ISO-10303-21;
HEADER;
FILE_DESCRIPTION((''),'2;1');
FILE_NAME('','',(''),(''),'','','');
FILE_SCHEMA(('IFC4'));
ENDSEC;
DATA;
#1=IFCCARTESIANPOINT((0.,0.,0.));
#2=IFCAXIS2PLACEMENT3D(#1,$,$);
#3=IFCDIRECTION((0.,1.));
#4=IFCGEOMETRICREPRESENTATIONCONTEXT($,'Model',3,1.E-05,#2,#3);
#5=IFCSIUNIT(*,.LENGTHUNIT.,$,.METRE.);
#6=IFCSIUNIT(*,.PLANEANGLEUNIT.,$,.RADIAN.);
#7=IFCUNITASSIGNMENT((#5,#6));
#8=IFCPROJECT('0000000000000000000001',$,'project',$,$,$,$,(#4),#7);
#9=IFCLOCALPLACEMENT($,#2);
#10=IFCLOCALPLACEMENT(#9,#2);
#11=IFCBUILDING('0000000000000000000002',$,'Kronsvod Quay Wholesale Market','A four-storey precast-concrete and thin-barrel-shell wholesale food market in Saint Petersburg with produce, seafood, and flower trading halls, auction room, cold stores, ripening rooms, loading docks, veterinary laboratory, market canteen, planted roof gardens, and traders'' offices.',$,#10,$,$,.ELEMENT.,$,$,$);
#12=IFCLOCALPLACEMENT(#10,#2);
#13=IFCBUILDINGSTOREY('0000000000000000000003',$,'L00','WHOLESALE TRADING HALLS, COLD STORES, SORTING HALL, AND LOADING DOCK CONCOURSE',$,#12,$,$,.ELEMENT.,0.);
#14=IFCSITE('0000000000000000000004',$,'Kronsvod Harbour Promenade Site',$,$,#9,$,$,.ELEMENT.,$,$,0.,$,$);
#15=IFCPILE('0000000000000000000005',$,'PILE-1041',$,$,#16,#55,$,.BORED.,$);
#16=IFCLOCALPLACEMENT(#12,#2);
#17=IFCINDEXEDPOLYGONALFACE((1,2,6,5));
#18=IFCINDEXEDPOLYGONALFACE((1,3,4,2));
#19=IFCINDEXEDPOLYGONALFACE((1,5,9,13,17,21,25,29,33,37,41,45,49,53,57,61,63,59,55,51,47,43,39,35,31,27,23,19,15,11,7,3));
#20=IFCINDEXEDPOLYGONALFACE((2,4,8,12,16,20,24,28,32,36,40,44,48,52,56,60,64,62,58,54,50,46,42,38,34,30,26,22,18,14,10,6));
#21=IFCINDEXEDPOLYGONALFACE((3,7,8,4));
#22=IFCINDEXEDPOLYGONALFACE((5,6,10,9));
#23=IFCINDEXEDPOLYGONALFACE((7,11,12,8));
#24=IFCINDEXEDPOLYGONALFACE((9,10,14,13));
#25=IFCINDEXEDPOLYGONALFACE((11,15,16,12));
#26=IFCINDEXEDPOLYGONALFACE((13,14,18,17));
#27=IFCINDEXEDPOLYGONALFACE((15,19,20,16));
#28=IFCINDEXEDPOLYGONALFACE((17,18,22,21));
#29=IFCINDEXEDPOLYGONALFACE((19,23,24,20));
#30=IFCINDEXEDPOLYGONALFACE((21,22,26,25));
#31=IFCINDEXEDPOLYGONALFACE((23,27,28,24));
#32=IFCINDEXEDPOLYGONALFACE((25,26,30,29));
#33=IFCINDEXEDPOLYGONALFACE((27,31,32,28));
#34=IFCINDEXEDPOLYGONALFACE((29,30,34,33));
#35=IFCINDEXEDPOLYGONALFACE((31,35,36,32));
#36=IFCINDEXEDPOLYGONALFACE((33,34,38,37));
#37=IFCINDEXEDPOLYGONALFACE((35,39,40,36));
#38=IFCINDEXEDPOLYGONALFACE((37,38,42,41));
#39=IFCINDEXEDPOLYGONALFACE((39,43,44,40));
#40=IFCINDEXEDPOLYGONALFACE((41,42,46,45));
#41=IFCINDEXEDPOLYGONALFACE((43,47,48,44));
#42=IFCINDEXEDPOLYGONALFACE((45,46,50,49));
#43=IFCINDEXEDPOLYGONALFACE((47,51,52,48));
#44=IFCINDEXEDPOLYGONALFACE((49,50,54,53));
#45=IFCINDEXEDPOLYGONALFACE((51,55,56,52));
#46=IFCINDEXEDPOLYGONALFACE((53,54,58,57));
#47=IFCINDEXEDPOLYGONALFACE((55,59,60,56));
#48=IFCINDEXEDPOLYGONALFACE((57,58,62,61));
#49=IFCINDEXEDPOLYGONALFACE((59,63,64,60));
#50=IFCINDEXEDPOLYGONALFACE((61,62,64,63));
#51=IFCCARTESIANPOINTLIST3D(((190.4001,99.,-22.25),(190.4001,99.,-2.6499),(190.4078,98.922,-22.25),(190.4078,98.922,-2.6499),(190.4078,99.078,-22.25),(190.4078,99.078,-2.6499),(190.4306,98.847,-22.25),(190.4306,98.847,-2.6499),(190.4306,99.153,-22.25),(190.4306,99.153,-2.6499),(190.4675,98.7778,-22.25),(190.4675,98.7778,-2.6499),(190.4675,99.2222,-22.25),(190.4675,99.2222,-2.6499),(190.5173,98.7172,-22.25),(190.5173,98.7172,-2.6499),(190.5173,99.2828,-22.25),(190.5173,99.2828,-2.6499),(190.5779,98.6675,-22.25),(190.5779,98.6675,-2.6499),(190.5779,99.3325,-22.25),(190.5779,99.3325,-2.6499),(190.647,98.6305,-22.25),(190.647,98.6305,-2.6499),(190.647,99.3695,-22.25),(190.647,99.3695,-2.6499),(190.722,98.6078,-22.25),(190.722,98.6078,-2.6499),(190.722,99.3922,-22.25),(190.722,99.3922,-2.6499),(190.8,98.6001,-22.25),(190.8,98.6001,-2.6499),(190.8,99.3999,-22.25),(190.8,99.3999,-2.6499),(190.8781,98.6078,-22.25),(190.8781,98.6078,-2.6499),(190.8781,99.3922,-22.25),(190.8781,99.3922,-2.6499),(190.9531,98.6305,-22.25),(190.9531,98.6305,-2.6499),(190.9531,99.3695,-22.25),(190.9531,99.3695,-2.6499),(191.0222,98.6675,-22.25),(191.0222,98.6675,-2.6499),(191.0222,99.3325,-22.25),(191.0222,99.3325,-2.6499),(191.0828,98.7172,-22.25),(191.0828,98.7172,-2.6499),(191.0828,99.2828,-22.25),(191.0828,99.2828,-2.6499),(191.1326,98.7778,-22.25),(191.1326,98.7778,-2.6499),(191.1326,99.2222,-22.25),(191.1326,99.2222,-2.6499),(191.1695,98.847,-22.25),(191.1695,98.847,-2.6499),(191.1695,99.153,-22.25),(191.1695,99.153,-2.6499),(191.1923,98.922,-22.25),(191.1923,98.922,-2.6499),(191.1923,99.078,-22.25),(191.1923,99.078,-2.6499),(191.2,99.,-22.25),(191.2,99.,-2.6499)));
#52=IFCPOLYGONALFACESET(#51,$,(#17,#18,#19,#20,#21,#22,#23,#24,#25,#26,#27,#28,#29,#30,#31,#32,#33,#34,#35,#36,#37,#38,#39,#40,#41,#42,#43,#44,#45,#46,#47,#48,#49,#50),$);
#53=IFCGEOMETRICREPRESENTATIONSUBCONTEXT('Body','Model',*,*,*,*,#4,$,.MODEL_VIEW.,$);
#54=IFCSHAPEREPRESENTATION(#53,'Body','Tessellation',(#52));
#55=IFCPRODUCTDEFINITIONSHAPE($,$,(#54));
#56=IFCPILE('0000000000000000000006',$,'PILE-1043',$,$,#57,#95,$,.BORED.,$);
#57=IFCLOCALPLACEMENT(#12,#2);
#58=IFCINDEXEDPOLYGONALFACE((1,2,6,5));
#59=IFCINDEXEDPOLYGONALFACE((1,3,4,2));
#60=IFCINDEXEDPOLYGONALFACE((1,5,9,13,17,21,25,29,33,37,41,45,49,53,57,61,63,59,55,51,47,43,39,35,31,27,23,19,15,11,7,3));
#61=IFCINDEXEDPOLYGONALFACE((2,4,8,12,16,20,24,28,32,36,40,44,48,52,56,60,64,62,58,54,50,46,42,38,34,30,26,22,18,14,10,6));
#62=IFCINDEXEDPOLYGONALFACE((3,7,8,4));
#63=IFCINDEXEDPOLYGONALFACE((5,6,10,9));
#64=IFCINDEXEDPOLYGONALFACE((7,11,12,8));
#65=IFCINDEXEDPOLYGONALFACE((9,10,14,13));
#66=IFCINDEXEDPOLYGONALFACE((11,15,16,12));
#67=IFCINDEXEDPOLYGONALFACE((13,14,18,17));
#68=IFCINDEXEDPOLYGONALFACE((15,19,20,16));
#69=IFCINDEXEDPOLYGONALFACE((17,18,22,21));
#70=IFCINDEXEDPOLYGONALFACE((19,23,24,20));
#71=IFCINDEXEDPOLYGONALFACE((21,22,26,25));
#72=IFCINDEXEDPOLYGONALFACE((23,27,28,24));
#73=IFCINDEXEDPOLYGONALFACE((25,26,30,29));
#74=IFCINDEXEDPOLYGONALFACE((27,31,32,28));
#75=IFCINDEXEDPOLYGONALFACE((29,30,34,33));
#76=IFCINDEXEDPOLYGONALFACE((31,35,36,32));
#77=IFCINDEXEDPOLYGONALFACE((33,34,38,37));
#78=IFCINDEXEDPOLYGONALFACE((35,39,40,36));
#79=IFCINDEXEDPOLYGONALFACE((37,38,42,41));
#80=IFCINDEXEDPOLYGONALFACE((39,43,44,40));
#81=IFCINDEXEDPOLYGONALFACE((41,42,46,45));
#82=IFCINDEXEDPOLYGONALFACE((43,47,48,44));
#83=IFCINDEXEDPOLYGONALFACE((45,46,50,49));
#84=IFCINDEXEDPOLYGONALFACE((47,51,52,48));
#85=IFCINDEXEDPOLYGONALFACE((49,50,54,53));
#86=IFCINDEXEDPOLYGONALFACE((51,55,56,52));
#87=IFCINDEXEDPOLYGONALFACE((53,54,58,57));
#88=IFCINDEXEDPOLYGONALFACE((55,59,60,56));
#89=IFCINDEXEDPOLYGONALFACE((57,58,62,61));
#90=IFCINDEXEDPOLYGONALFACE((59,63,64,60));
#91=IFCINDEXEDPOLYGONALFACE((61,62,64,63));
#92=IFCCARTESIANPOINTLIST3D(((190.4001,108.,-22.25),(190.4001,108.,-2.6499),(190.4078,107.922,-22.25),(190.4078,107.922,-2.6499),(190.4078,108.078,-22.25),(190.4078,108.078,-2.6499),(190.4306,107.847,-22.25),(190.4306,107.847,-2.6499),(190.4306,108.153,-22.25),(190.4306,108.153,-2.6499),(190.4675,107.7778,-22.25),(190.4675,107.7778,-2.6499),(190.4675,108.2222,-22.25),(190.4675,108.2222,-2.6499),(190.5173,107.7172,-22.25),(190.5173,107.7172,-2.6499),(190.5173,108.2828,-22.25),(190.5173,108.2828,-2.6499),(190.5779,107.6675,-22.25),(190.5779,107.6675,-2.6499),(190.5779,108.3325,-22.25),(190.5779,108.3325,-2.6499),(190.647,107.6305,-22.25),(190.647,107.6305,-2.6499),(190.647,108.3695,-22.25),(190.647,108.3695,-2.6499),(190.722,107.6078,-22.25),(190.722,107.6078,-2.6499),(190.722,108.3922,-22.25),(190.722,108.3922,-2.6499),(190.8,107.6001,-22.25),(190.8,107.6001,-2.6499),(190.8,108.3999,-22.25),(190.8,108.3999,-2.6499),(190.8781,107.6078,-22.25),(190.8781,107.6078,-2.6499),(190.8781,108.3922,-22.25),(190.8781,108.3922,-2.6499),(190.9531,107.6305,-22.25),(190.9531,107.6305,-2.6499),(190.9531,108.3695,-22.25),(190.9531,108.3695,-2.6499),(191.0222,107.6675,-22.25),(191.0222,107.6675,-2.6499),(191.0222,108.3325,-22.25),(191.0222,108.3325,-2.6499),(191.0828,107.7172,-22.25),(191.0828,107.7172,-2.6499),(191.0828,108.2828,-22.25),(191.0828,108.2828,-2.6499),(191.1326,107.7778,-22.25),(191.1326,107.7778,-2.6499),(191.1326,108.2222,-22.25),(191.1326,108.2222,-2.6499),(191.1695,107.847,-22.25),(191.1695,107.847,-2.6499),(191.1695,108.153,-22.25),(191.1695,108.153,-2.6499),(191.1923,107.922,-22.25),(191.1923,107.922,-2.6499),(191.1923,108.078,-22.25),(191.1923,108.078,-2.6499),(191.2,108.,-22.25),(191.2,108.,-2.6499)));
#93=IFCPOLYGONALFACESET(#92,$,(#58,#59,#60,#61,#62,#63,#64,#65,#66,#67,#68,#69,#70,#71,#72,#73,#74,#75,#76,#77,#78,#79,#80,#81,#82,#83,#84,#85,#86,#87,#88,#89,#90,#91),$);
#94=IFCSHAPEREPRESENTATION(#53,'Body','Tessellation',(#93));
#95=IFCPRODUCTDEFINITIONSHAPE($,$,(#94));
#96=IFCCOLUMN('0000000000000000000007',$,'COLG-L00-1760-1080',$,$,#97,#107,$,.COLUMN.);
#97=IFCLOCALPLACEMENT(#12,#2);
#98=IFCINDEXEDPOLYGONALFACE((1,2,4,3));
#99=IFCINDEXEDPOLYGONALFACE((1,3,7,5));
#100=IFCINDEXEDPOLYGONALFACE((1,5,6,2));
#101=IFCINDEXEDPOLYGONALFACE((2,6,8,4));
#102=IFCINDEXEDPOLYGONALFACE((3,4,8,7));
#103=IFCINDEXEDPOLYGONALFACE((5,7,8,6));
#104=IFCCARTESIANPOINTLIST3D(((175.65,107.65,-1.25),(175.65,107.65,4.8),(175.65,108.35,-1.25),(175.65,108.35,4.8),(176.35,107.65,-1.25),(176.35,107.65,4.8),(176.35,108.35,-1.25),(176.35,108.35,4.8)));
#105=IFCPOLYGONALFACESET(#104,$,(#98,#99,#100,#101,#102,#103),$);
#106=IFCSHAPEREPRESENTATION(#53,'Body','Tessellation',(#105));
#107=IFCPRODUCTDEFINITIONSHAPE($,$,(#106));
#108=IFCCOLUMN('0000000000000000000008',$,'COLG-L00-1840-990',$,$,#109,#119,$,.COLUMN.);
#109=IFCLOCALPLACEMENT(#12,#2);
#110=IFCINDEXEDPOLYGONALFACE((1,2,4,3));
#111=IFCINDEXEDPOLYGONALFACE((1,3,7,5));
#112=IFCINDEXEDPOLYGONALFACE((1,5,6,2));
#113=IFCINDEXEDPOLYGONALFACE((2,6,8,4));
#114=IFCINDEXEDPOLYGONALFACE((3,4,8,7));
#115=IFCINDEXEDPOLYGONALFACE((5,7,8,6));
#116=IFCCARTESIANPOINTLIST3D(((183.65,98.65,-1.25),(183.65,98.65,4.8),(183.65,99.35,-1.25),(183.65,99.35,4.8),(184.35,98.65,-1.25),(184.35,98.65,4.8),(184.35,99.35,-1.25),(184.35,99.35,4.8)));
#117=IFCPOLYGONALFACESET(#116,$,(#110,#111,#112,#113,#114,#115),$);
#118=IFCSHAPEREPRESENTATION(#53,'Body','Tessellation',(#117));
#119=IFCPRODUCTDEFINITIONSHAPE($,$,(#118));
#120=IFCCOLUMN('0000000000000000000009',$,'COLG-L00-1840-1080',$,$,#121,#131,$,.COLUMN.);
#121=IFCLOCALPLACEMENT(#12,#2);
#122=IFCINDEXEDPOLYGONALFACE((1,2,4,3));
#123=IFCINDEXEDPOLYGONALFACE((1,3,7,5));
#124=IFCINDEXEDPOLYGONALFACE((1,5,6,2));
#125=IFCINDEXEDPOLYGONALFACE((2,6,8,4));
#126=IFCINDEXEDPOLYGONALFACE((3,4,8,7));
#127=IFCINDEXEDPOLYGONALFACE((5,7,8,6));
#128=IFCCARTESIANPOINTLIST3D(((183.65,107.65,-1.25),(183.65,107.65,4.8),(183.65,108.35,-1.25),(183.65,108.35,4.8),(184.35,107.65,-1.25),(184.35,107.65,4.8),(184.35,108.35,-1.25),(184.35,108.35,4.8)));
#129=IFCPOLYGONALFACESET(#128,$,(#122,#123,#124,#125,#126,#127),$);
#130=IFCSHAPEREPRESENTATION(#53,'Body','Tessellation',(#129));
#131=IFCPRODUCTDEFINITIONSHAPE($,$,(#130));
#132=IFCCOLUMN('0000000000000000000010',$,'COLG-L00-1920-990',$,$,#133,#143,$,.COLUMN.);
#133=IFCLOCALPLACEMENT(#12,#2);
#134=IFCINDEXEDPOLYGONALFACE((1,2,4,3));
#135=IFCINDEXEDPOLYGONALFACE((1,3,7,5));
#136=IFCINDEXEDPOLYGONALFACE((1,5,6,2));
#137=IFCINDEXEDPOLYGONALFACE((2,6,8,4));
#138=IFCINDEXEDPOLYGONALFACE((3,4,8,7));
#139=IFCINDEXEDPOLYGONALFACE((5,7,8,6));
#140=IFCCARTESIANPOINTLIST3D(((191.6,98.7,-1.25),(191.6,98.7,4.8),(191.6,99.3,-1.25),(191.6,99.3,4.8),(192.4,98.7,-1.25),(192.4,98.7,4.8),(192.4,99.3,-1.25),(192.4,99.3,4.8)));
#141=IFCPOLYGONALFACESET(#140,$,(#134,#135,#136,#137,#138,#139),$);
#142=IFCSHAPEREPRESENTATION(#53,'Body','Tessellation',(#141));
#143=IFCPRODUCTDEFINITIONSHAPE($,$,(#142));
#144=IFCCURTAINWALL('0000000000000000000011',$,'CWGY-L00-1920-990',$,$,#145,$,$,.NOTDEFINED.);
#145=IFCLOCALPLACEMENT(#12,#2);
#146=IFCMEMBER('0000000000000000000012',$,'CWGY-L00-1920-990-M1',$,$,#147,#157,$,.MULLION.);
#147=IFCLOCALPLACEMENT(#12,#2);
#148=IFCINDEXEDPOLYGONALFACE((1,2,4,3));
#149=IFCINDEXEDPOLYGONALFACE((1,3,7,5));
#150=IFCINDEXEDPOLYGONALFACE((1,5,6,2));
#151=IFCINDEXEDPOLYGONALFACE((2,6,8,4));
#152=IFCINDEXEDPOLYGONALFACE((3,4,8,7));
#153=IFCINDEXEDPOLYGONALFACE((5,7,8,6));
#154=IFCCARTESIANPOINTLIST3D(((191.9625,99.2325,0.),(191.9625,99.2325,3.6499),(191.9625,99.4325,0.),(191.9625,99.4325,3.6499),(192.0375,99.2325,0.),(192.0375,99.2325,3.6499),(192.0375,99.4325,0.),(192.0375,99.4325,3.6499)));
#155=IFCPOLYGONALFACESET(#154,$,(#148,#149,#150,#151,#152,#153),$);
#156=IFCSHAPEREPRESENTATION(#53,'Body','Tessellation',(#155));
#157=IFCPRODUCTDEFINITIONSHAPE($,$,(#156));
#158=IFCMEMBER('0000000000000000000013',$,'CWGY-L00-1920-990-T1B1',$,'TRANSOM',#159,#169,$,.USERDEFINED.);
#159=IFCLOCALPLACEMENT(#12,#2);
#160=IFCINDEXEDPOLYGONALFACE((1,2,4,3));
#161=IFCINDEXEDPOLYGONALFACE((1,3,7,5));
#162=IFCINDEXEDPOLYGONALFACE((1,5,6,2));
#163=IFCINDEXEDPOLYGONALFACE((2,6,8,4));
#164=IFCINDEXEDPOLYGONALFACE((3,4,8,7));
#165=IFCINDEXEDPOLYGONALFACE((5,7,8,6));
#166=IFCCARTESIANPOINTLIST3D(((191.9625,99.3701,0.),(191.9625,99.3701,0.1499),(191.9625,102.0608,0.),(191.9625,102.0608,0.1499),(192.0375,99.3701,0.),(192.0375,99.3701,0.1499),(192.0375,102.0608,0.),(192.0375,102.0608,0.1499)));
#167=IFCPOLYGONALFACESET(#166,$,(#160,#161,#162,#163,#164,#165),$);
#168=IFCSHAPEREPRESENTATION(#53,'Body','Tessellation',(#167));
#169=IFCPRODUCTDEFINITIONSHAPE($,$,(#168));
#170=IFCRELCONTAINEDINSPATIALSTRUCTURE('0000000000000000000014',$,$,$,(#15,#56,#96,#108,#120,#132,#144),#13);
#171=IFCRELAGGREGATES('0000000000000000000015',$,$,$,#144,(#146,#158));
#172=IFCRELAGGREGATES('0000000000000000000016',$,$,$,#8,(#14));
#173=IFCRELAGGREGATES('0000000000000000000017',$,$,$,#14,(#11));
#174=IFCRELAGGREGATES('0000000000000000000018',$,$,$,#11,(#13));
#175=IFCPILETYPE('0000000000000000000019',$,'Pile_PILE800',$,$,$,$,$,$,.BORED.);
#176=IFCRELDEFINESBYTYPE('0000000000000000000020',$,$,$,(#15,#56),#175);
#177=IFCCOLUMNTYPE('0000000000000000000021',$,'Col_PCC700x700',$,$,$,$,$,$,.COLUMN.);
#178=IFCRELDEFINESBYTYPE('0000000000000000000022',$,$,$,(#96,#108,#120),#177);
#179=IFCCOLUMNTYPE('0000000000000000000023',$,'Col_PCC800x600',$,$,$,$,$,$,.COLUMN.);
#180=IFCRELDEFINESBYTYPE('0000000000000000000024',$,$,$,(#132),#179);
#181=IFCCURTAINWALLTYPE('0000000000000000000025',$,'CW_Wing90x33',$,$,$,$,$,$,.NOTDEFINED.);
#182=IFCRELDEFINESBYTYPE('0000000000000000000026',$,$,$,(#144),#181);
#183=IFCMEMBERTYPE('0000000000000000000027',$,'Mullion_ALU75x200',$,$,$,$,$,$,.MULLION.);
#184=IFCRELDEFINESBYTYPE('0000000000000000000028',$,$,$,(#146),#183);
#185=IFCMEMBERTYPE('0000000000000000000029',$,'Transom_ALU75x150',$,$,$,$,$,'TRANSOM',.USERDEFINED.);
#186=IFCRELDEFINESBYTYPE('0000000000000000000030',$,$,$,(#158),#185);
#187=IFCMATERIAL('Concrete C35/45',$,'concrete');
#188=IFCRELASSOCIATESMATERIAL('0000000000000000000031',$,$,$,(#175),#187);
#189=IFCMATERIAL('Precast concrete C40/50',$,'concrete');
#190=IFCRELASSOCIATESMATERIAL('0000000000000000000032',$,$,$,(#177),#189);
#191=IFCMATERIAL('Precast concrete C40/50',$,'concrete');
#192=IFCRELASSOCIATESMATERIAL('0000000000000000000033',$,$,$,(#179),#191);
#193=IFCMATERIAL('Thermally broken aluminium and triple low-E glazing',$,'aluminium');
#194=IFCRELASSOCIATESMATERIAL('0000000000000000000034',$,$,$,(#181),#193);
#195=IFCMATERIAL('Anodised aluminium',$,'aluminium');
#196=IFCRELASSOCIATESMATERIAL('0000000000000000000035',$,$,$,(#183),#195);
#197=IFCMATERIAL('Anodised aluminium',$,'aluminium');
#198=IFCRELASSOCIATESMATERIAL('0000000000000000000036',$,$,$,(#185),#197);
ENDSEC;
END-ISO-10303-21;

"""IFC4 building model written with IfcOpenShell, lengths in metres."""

from ifc_helpers import new_model, si_unit, direction, frame, origin, origin_2d, place, context, subcontext, project, spatial, rectangle, circle, extrude, material, material_profile, profile_set, type_object, element, aggregate, save


model = new_model("IFC4")

# Units and contexts
model_context = context("Model", 3, precision=1e-05, world=origin(), true_north=direction((0.0, 1.0)))
body_context = subcontext(model_context, "Body", "Model", "MODEL_VIEW")
ifc_project = project(units=[si_unit("LENGTHUNIT", "METRE"), si_unit("PLANEANGLEUNIT", "RADIAN")], contexts=[model_context])

# Site, building, storey
site_placement = place(None, origin())
site = spatial("IfcSite", under=ifc_project, at=site_placement, Name="Kronsvod Harbour Promenade Site", CompositionType="ELEMENT", RefElevation=0.0)
building_placement = place(site_placement, origin())
building = spatial("IfcBuilding", under=site, at=building_placement, Name="Kronsvod Quay Wholesale Market", Description="A four-storey precast-concrete and thin-barrel-shell wholesale food market in Saint Petersburg with produce, seafood, and flower trading halls, auction room, cold stores, ripening rooms, loading docks, veterinary laboratory, market canteen, planted roof gardens, and traders' offices.", CompositionType="ELEMENT")
storey_placement = place(building_placement, origin())
storey = spatial("IfcBuildingStorey", under=building, at=storey_placement, Name="L00", Description="WHOLESALE TRADING HALLS, COLD STORES, SORTING HALL, AND LOADING DOCK CONCOURSE", CompositionType="ELEMENT", Elevation=0.0)

# Piles
ifc_material_1 = material(Name="Concrete C35/45", Category="concrete")
ifc_material_profile_1 = material_profile(ifc_material_1, circle(Radius=0.3999, at=origin_2d()), Name="PILE800")
ifc_profile_set_1 = profile_set([ifc_material_profile_1], Name="Concrete C35/45")
pile_type = type_object("IfcPileType", Name="Pile_PILE800", PredefinedType="BORED", material=ifc_profile_set_1)
for number, where, z_axis, x_axis, name in (
    (1, (190.8, 99.0, -2.6499), (0.0, 0.0, -1.0), (1.0, 0.0, 0.0), "PILE-1041"),
    (2, (190.8, 108.0, -2.6499), (0.0, 0.0, -1.0), (1.0, 0.0, 0.0), "PILE-1043"),
):
    element("IfcPile", number, at=place(storey_placement, frame(where, z_axis=z_axis, x_axis=x_axis)), inside=storey, type_object=pile_type, Name=name, PredefinedType="BORED", context=body_context, shape_type="SweptSolid", body=[
        extrude(circle(Radius=0.3999, at=origin_2d()), origin(), (0.0, 0.0, 1.0), 19.6001),
    ])

# Columns
ifc_material_2 = material(Name="Precast concrete C40/50", Category="concrete")
ifc_material_profile_2 = material_profile(ifc_material_2, rectangle(XDim=0.7, YDim=0.7, at=origin_2d()), Name="PCC700x700")
ifc_profile_set_2 = profile_set([ifc_material_profile_2], Name="Precast concrete C40/50")
column_type_1 = type_object("IfcColumnType", Name="Col_PCC700x700", PredefinedType="COLUMN", material=ifc_profile_set_2)
for number, where, z_axis, x_axis, name in (
    (3, (176.0, 108.0, -1.25), (0.0, 0.0, 1.0), (1.0, 0.0, 0.0), "COLG-L00-1760-1080"),
    (4, (184.0, 99.0, -1.25), (0.0, 0.0, 1.0), (1.0, 0.0, 0.0), "COLG-L00-1840-990"),
    (5, (184.0, 108.0, -1.25), (0.0, 0.0, 1.0), (1.0, 0.0, 0.0), "COLG-L00-1840-1080"),
):
    element("IfcColumn", number, at=place(storey_placement, frame(where, z_axis=z_axis, x_axis=x_axis)), inside=storey, type_object=column_type_1, Name=name, PredefinedType="COLUMN", context=body_context, shape_type="SweptSolid", body=[
        extrude(rectangle(XDim=0.7, YDim=0.7, at=origin_2d()), origin(), (0.0, 0.0, 1.0), 6.05),
    ])
ifc_material_3 = material(Name="Precast concrete C40/50", Category="concrete")
ifc_material_profile_3 = material_profile(ifc_material_3, rectangle(XDim=0.8, YDim=0.6001, at=origin_2d()), Name="PCC800x600")
ifc_profile_set_3 = profile_set([ifc_material_profile_3], Name="Precast concrete C40/50")
column_type_2 = type_object("IfcColumnType", Name="Col_PCC800x600", PredefinedType="COLUMN", material=ifc_profile_set_3)
column_placement = place(storey_placement, frame((192.0, 99.0, -1.25), z_axis=(0.0, 0.0, 1.0), x_axis=(1.0, 0.0, 0.0)))
element("IfcColumn", 6, at=column_placement, inside=storey, type_object=column_type_2, Name="COLG-L00-1920-990", PredefinedType="COLUMN", context=body_context, shape_type="SweptSolid", body=[
    extrude(rectangle(XDim=0.8, YDim=0.6001, at=origin_2d()), origin(), (0.0, 0.0, 1.0), 6.05),
])

# Curtain wall, members
ifc_material_4 = material(Name="Thermally broken aluminium and triple low-E glazing", Category="aluminium")
curtain_wall_type = type_object("IfcCurtainWallType", Name="CW_Wing90x33", PredefinedType="NOTDEFINED", material=ifc_material_4)
curtain_wall_placement = place(storey_placement, origin())
curtain_wall = element("IfcCurtainWall", 7, at=curtain_wall_placement, inside=storey, type_object=curtain_wall_type, Name="CWGY-L00-1920-990", PredefinedType="NOTDEFINED")
ifc_material_5 = material(Name="Anodised aluminium", Category="aluminium")
ifc_material_profile_4 = material_profile(ifc_material_5, rectangle(XDim=0.075, YDim=0.2, at=origin_2d()), Name="ALUM75x200")
ifc_profile_set_4 = profile_set([ifc_material_profile_4], Name="Anodised aluminium")
member_type_1 = type_object("IfcMemberType", Name="Mullion_ALU75x200", PredefinedType="MULLION", material=ifc_profile_set_4)
member_1_placement = place(storey_placement, frame((192.0, 99.3325, 0.0), z_axis=(0.0, 0.0, 1.0), x_axis=(1.0, 0.0, 0.0)))
member_1 = element("IfcMember", 8, at=member_1_placement, type_object=member_type_1, Name="CWGY-L00-1920-990-M1", PredefinedType="MULLION", context=body_context, shape_type="SweptSolid", body=[
    extrude(rectangle(XDim=0.075, YDim=0.2, at=origin_2d()), origin(), (0.0, 0.0, 1.0), 3.6499),
])
ifc_material_6 = material(Name="Anodised aluminium", Category="aluminium")
ifc_material_profile_5 = material_profile(ifc_material_6, rectangle(XDim=0.075, YDim=0.1499, at=origin_2d()), Name="ALUT75x150")
ifc_profile_set_5 = profile_set([ifc_material_profile_5], Name="Anodised aluminium")
member_type_2 = type_object("IfcMemberType", Name="Transom_ALU75x150", ElementType="TRANSOM", PredefinedType="USERDEFINED", material=ifc_profile_set_5)
member_2_placement = place(storey_placement, frame((192.0, 99.3701, 0.075), z_axis=(0.0, 1.0, 0.0), x_axis=(-1.0, 0.0, 0.0)))
member_2 = element("IfcMember", 9, at=member_2_placement, type_object=member_type_2, Name="CWGY-L00-1920-990-T1B1", ObjectType="TRANSOM", PredefinedType="USERDEFINED", context=body_context, shape_type="SweptSolid", body=[
    extrude(rectangle(XDim=0.075, YDim=0.1499, at=origin_2d()), origin(), (0.0, 0.0, 1.0), 2.6907),
])
aggregate(curtain_wall, [member_1, member_2])

save(model, "model.ifc")
